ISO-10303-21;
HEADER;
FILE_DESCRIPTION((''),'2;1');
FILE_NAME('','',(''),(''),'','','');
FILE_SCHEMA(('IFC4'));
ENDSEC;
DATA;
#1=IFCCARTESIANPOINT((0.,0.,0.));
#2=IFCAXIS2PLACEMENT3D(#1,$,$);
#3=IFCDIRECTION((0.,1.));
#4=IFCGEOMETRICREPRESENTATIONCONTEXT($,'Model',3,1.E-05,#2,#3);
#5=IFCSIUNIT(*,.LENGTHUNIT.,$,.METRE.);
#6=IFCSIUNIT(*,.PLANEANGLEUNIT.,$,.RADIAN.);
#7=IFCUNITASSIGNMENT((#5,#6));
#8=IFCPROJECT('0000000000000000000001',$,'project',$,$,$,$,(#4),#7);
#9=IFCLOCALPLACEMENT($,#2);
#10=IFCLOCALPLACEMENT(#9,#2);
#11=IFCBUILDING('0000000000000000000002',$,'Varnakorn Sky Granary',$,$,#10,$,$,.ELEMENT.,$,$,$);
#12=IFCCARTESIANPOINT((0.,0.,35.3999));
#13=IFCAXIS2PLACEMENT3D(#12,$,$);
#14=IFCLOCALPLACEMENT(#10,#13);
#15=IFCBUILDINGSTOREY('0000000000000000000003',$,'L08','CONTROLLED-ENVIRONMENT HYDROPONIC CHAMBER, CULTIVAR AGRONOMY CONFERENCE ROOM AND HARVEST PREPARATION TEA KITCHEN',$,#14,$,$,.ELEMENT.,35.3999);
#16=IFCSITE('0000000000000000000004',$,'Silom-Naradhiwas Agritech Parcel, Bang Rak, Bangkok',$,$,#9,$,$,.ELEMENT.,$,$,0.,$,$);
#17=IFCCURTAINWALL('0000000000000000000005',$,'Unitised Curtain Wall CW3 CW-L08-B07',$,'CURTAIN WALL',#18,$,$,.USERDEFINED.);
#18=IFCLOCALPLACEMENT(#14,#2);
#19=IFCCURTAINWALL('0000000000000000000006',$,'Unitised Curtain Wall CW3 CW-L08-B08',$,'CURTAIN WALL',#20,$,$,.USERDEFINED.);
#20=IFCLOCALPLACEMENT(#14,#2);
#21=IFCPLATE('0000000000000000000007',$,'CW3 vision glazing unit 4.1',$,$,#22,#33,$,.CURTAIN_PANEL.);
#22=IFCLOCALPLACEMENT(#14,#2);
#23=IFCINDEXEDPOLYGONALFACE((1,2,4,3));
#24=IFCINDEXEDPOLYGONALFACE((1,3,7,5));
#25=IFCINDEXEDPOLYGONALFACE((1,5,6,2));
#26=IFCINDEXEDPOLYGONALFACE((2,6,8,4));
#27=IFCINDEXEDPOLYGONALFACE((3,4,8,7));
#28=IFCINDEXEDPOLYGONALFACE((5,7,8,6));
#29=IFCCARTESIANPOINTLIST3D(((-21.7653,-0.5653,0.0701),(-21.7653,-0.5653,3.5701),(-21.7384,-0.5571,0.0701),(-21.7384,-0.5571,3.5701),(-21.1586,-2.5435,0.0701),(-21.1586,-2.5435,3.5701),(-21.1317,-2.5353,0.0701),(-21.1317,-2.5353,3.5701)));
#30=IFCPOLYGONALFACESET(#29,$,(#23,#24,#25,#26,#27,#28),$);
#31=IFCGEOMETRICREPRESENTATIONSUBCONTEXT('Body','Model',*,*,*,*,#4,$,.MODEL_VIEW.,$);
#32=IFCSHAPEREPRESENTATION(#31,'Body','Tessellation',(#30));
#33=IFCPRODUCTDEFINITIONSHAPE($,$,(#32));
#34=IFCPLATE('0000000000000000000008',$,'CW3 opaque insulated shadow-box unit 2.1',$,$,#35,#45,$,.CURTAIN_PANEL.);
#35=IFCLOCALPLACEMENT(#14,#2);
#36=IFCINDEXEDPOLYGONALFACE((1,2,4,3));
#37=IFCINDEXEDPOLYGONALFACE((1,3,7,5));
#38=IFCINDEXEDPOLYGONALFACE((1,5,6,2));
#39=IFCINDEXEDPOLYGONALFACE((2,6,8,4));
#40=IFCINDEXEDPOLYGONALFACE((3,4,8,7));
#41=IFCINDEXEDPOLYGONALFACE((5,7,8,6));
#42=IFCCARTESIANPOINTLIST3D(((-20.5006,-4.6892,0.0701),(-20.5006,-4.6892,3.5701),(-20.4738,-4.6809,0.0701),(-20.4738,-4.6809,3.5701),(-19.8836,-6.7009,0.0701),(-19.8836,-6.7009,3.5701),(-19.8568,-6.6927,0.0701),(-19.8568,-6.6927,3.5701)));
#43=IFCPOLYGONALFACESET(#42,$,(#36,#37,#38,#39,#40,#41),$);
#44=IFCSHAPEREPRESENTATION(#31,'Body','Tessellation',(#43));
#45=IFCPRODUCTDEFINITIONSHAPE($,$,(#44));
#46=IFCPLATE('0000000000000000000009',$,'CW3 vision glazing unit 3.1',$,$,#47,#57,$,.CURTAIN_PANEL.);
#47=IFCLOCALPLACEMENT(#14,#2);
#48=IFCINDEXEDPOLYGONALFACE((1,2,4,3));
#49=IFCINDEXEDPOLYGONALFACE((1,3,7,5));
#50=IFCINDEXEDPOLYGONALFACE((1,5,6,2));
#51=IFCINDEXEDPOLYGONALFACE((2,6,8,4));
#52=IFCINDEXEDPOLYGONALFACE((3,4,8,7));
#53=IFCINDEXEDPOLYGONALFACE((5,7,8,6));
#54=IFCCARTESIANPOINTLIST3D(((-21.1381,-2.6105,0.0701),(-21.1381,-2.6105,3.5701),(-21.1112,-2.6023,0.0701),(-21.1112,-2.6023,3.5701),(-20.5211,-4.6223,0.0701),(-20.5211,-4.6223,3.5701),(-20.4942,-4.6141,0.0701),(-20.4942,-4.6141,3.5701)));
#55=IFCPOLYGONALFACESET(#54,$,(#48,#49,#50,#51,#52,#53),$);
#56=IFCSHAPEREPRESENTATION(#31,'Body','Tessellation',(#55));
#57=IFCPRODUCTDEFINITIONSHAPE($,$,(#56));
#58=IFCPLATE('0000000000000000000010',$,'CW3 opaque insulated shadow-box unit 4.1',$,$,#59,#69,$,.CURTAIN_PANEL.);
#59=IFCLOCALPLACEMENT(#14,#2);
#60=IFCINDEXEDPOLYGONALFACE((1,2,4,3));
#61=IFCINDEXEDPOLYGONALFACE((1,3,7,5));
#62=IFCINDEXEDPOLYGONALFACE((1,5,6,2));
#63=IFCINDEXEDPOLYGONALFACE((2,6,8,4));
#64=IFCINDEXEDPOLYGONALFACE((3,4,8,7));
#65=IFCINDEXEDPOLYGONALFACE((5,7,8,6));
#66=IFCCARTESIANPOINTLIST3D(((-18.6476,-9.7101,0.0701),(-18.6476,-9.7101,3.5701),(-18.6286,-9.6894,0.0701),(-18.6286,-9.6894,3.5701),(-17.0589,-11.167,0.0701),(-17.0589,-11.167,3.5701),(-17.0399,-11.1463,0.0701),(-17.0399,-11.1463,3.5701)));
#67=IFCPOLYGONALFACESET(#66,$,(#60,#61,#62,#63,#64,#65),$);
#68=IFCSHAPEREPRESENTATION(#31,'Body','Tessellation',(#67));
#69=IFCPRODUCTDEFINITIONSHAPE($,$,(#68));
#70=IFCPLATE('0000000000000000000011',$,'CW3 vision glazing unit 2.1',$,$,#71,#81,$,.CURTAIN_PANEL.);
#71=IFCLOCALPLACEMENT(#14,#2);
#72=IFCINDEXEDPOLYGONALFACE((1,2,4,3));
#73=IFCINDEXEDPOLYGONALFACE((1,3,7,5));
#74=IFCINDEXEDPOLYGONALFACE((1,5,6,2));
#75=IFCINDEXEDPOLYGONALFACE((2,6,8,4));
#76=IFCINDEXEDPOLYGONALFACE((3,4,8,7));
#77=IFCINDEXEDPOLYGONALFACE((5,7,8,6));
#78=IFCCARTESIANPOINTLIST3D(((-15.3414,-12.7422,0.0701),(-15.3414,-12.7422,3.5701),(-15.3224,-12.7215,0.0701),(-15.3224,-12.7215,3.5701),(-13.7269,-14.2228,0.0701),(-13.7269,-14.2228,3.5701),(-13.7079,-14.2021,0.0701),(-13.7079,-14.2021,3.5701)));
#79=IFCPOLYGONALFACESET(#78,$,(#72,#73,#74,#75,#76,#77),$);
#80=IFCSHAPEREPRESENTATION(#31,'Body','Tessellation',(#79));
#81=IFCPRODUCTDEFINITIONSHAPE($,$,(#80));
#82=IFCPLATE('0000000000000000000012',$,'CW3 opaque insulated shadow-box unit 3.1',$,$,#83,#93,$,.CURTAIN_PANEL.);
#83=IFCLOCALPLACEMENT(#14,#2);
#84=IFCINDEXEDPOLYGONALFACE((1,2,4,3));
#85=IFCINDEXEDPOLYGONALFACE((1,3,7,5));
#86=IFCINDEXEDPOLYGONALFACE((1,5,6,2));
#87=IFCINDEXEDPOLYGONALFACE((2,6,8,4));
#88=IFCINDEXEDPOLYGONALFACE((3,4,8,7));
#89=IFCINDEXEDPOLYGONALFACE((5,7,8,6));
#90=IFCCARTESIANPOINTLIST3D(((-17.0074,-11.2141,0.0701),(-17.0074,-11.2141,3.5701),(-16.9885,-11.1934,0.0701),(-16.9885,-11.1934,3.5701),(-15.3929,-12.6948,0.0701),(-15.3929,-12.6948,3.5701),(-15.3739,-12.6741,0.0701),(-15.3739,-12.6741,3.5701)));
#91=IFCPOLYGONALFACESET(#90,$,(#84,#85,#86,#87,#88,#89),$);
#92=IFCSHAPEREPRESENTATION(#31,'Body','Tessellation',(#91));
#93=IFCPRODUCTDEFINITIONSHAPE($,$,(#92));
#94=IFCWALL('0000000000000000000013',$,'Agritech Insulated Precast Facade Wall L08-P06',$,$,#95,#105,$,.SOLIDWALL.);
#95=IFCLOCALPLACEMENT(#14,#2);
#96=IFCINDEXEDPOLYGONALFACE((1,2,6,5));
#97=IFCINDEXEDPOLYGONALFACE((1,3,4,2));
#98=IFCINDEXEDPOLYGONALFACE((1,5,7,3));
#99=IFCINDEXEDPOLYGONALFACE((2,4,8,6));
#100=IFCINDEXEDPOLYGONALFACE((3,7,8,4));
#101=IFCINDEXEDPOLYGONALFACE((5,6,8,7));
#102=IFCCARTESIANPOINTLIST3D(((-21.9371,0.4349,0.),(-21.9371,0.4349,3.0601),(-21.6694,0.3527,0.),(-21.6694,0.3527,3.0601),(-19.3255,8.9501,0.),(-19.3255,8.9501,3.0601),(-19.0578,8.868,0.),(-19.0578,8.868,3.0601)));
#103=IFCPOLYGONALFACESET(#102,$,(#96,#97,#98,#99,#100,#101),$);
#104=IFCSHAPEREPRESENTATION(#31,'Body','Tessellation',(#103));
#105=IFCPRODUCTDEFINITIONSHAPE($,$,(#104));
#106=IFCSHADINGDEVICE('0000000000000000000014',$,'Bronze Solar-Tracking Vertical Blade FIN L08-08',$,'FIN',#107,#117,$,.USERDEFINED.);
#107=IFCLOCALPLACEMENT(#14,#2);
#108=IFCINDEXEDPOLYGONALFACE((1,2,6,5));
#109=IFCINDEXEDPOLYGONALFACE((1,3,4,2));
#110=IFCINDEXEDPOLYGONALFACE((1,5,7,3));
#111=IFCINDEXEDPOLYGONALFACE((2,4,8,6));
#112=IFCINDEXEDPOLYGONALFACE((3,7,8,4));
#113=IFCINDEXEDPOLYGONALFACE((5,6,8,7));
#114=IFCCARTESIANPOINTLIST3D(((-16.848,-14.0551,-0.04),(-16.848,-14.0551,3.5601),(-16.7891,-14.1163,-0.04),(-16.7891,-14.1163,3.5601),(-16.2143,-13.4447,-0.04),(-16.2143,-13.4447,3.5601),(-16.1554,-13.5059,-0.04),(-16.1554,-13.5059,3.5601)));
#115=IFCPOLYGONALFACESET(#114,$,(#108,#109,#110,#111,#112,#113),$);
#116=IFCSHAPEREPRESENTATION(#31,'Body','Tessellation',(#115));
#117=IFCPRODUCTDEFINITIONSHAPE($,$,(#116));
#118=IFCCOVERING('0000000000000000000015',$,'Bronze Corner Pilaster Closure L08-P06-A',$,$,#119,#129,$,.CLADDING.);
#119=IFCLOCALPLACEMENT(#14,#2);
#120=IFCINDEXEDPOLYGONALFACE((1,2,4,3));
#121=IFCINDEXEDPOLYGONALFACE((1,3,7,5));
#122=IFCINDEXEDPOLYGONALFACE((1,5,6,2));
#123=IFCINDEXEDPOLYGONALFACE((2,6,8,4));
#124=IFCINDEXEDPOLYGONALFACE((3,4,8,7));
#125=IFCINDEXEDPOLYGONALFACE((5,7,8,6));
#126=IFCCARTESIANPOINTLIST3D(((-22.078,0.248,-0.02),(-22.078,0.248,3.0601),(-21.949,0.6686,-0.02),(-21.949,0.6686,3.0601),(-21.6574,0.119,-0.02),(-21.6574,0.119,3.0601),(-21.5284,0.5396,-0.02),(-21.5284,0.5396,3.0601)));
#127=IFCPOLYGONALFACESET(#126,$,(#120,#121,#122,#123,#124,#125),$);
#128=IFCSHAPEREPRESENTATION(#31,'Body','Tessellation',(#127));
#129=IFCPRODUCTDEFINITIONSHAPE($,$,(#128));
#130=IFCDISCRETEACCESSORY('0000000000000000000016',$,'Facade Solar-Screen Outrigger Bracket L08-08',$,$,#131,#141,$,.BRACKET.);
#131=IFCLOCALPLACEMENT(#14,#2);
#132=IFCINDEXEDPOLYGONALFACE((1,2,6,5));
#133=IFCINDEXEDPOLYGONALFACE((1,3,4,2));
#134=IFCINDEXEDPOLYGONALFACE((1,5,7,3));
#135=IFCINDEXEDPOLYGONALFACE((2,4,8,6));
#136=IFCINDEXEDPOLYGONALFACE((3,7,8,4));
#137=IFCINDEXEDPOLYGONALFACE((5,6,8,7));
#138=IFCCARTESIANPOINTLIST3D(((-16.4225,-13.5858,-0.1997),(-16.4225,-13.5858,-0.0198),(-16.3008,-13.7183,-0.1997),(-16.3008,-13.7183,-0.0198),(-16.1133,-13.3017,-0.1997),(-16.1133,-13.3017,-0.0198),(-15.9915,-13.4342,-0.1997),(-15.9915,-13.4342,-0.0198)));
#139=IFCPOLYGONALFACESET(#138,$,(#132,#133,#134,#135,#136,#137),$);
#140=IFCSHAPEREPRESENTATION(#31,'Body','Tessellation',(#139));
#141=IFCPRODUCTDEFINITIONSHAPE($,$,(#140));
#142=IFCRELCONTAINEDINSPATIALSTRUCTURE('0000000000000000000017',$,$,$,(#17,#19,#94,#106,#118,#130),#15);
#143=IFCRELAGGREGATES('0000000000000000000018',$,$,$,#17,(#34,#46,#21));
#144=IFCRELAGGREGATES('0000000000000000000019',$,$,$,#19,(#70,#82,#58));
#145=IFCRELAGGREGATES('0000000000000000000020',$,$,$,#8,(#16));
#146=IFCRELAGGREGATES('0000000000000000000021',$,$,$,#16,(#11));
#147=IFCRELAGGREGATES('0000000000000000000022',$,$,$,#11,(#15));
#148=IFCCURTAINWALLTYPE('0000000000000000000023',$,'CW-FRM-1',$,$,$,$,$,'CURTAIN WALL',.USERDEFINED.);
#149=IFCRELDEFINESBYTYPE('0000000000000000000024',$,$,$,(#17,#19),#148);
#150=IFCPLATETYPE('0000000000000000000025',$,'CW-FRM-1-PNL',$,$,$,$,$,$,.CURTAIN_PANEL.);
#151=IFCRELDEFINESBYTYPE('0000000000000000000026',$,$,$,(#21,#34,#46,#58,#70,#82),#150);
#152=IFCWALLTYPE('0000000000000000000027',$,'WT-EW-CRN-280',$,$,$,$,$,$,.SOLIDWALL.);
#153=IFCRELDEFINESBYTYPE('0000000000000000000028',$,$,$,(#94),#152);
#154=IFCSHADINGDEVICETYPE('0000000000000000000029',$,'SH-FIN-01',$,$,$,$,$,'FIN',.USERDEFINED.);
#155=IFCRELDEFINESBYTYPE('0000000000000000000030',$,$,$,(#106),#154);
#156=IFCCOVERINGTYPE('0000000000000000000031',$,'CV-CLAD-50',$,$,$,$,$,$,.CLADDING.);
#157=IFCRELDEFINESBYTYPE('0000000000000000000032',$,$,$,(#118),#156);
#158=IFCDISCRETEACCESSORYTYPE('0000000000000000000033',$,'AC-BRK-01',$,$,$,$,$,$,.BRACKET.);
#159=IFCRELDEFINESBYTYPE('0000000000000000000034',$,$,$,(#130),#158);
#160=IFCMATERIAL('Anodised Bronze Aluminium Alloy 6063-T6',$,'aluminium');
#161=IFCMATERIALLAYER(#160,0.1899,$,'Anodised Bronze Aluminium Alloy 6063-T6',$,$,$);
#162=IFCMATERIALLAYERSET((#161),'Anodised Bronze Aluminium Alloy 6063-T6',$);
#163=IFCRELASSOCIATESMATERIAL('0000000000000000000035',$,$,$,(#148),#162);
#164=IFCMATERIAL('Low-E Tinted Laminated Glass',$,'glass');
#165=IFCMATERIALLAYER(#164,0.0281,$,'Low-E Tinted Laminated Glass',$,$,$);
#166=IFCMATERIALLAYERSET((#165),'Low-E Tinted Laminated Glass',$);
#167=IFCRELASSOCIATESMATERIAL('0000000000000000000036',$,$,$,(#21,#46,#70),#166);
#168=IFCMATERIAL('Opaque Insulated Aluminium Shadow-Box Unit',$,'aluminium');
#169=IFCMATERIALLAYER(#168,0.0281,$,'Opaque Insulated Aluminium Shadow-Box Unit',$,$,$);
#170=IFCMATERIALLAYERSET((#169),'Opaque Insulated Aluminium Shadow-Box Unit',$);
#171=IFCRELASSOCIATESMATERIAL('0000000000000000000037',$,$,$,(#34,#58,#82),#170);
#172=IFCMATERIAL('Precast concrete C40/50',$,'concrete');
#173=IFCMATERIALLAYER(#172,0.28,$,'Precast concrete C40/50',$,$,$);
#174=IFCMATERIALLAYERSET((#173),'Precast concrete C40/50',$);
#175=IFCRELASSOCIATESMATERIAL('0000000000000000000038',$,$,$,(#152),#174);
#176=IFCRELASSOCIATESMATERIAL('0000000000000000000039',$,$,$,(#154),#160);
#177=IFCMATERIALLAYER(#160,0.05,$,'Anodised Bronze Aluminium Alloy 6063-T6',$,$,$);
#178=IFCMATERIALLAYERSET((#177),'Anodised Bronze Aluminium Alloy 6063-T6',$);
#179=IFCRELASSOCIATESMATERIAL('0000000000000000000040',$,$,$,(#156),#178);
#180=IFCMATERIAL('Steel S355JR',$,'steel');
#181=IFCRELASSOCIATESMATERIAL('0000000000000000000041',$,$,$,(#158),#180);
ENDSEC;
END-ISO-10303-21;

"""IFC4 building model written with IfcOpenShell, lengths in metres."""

from ifc_helpers import new_model, si_unit, direction, frame, frame_2d, origin, origin_2d, place, context, subcontext, project, spatial, rectangle, extrude, source, transform, mapped, material, layer, layer_set, type_object, type_shapes, element, aggregate, save


model = new_model("IFC4")

# Units and contexts
model_context = context("Model", 3, precision=1e-05, world=origin(), true_north=direction((0.0, 1.0)))
body_context = subcontext(model_context, "Body", "Model", "MODEL_VIEW")
ifc_project = project(units=[si_unit("LENGTHUNIT", "METRE"), si_unit("PLANEANGLEUNIT", "RADIAN")], contexts=[model_context])

# Site, building, storey
site_placement = place(None, origin())
site = spatial("IfcSite", under=ifc_project, at=site_placement, Name="Silom-Naradhiwas Agritech Parcel, Bang Rak, Bangkok", CompositionType="ELEMENT", RefElevation=0.0)
building_placement = place(site_placement, origin())
building = spatial("IfcBuilding", under=site, at=building_placement, Name="Varnakorn Sky Granary", CompositionType="ELEMENT")
storey_placement = place(building_placement, frame((0.0, 0.0, 35.3999)))
storey = spatial("IfcBuildingStorey", under=building, at=storey_placement, Name="L08", Description="CONTROLLED-ENVIRONMENT HYDROPONIC CHAMBER, CULTIVAR AGRONOMY CONFERENCE ROOM AND HARVEST PREPARATION TEA KITCHEN", CompositionType="ELEMENT", Elevation=35.3999)

# Shared definitions
ifc_material_1 = material(Name="Steel S355JR", Category="steel")

# Curtain walls
ifc_material_2 = material(Name="Anodised Bronze Aluminium Alloy 6063-T6", Category="aluminium")
ifc_layer_1 = layer(ifc_material_2, 0.1899, Name="Anodised Bronze Aluminium Alloy 6063-T6")
ifc_layer_set_1 = layer_set([ifc_layer_1], Name="Anodised Bronze Aluminium Alloy 6063-T6")
curtain_wall_type = type_object("IfcCurtainWallType", Name="CW-FRM-1", ElementType="CURTAIN WALL", PredefinedType="USERDEFINED", material=ifc_layer_set_1)
curtain_wall_1_placement = place(storey_placement, origin())
curtain_wall_1 = element("IfcCurtainWall", 1, at=curtain_wall_1_placement, inside=storey, type_object=curtain_wall_type, Name="Unitised Curtain Wall CW3 CW-L08-B07", ObjectType="CURTAIN WALL", PredefinedType="USERDEFINED")
curtain_wall_2_placement = place(storey_placement, origin())
curtain_wall_2 = element("IfcCurtainWall", 2, at=curtain_wall_2_placement, inside=storey, type_object=curtain_wall_type, Name="Unitised Curtain Wall CW3 CW-L08-B08", ObjectType="CURTAIN WALL", PredefinedType="USERDEFINED")

# Plates
ifc_material_3 = material(Name="Opaque Insulated Aluminium Shadow-Box Unit", Category="aluminium")
ifc_layer_2 = layer(ifc_material_3, 0.0281, Name="Opaque Insulated Aluminium Shadow-Box Unit")
ifc_layer_set_2 = layer_set([ifc_layer_2], Name="Opaque Insulated Aluminium Shadow-Box Unit")
plate_type = type_object("IfcPlateType", Name="CW-FRM-1-PNL", PredefinedType="CURTAIN_PANEL")
shared_shape_1 = source(origin(), body_context, "Body", "SweptSolid", [
    extrude(rectangle(XDim=2.0691, YDim=0.0281, at=origin_2d()), origin(), (0.0, 0.0, 1.0), 3.5),
])
ifc_material_4 = material(Name="Low-E Tinted Laminated Glass", Category="glass")
ifc_layer_3 = layer(ifc_material_4, 0.0281, Name="Low-E Tinted Laminated Glass")
ifc_layer_set_3 = layer_set([ifc_layer_3], Name="Low-E Tinted Laminated Glass")
plate_1_placement = place(storey_placement, frame((-21.4485, -1.5503, 0.0701), z_axis=(0.0, 0.0, 1.0), x_axis=(-0.293216, 0.956046, 0.0)))
plate_1 = element("IfcPlate", 3, at=plate_1_placement, type_object=plate_type, material=ifc_layer_set_3, Name="CW3 vision glazing unit 4.1", PredefinedType="CURTAIN_PANEL", context=body_context, shape_type="MappedRepresentation", body=[
    mapped(shared_shape_1, transform((0.0, 0.0, 0.0), x_axis=(1.0, 0.0, 0.0), y_axis=(0.0, 1.0, 0.0), z_axis=(0.0, 0.0, 1.0), scale=1.0)),
])
shared_shape_2 = source(origin(), body_context, "Body", "SweptSolid", [
    extrude(rectangle(XDim=2.1042, YDim=0.0281, at=origin_2d()), origin(), (0.0, 0.0, 1.0), 3.5),
])
plate_2_placement = place(storey_placement, frame((-20.1787, -5.6909, 0.0701), z_axis=(0.0, 0.0, 1.0), x_axis=(-0.293216, 0.956046, 0.0)))
plate_2 = element("IfcPlate", 4, at=plate_2_placement, type_object=plate_type, material=ifc_layer_set_2, Name="CW3 opaque insulated shadow-box unit 2.1", PredefinedType="CURTAIN_PANEL", context=body_context, shape_type="MappedRepresentation", body=[
    mapped(shared_shape_2, transform((0.0, 0.0, 0.0), x_axis=(1.0, 0.0, 0.0), y_axis=(0.0, 1.0, 0.0), z_axis=(0.0, 0.0, 1.0), scale=1.0)),
])
plate_3_placement = place(storey_placement, frame((-20.8162, -3.6123, 0.0701), z_axis=(0.0, 0.0, 1.0), x_axis=(-0.293216, 0.956046, 0.0)))
plate_3 = element("IfcPlate", 5, at=plate_3_placement, type_object=plate_type, material=ifc_layer_set_3, Name="CW3 vision glazing unit 3.1", PredefinedType="CURTAIN_PANEL", context=body_context, shape_type="MappedRepresentation", body=[
    mapped(shared_shape_2, transform((0.0, 0.0, 0.0), x_axis=(1.0, 0.0, 0.0), y_axis=(0.0, 1.0, 0.0), z_axis=(0.0, 0.0, 1.0), scale=1.0)),
])
aggregate(curtain_wall_1, [plate_2, plate_3, plate_1])
shared_shape_3 = source(origin(), body_context, "Body", "SweptSolid", [
    extrude(rectangle(XDim=2.1555, YDim=0.0281, at=origin_2d()), origin(), (0.0, 0.0, 1.0), 3.5),
])
plate_4_placement = place(storey_placement, frame((-17.8438, -10.4282, 0.0701), z_axis=(0.0, 0.0, 1.0), x_axis=(-0.737013, 0.675878, 0.0)))
plate_4 = element("IfcPlate", 6, at=plate_4_placement, type_object=plate_type, material=ifc_layer_set_2, Name="CW3 opaque insulated shadow-box unit 4.1", PredefinedType="CURTAIN_PANEL", context=body_context, shape_type="MappedRepresentation", body=[
    mapped(shared_shape_3, transform((0.0, 0.0, 0.0), x_axis=(1.0, 0.0, 0.0), y_axis=(0.0, 1.0, 0.0), z_axis=(0.0, 0.0, 1.0), scale=1.0)),
])
shared_shape_4 = source(origin(), body_context, "Body", "SweptSolid", [
    extrude(rectangle(XDim=2.1907, YDim=0.0281, at=origin_2d()), origin(), (0.0, 0.0, 1.0), 3.5),
])
type_shapes(plate_type, [shared_shape_1, shared_shape_2, shared_shape_3, shared_shape_4])
plate_5_placement = place(storey_placement, frame((-14.5247, -13.4722, 0.0701), z_axis=(0.0, 0.0, 1.0), x_axis=(-0.737013, 0.675878, 0.0)))
plate_5 = element("IfcPlate", 7, at=plate_5_placement, type_object=plate_type, material=ifc_layer_set_3, Name="CW3 vision glazing unit 2.1", PredefinedType="CURTAIN_PANEL", context=body_context, shape_type="MappedRepresentation", body=[
    mapped(shared_shape_4, transform((0.0, 0.0, 0.0), x_axis=(1.0, 0.0, 0.0), y_axis=(0.0, 1.0, 0.0), z_axis=(0.0, 0.0, 1.0), scale=1.0)),
])
plate_6_placement = place(storey_placement, frame((-16.1907, -11.9441, 0.0701), z_axis=(0.0, 0.0, 1.0), x_axis=(-0.737013, 0.675878, 0.0)))
plate_6 = element("IfcPlate", 8, at=plate_6_placement, type_object=plate_type, material=ifc_layer_set_2, Name="CW3 opaque insulated shadow-box unit 3.1", PredefinedType="CURTAIN_PANEL", context=body_context, shape_type="MappedRepresentation", body=[
    mapped(shared_shape_4, transform((0.0, 0.0, 0.0), x_axis=(1.0, 0.0, 0.0), y_axis=(0.0, 1.0, 0.0), z_axis=(0.0, 0.0, 1.0), scale=1.0)),
])
aggregate(curtain_wall_2, [plate_5, plate_6, plate_4])

# Wall
ifc_material_5 = material(Name="Precast concrete C40/50", Category="concrete")
ifc_layer_4 = layer(ifc_material_5, 0.28, Name="Precast concrete C40/50")
ifc_layer_set_4 = layer_set([ifc_layer_4], Name="Precast concrete C40/50")
wall_type = type_object("IfcWallType", Name="WT-EW-CRN-280", PredefinedType="SOLIDWALL", material=ifc_layer_set_4)
wall_placement = place(storey_placement, frame((-21.8032, 0.3938, 0.0), z_axis=(0.0, 0.0, 1.0), x_axis=(0.293209, 0.956048, 0.0)))
element("IfcWall", 9, at=wall_placement, inside=storey, type_object=wall_type, Name="Agritech Insulated Precast Facade Wall L08-P06", PredefinedType="SOLIDWALL", context=body_context, shape_type="SweptSolid", body=[
    extrude(rectangle(XDim=8.9067, YDim=0.28, at=frame_2d((4.4534, 0.0))), origin(), (0.0, 0.0, 1.0), 3.0601),
])

# Shading device
shading_device_type = type_object("IfcShadingDeviceType", Name="SH-FIN-01", ElementType="FIN", PredefinedType="USERDEFINED", material=ifc_material_2)
shared_shape_5 = source(origin(), body_context, "Body", "SweptSolid", [
    extrude(rectangle(XDim=0.085, YDim=0.8799, at=origin_2d()), origin(), (0.0, 0.0, 1.0), 3.6001),
])
type_shapes(shading_device_type, [shared_shape_5])
shading_device_placement = place(storey_placement, frame((-16.5017, -13.7805, -0.04), z_axis=(0.0, 0.0, 1.0), x_axis=(0.693726, -0.720239, 0.0)))
element("IfcShadingDevice", 10, at=shading_device_placement, inside=storey, type_object=shading_device_type, Name="Bronze Solar-Tracking Vertical Blade FIN L08-08", ObjectType="FIN", PredefinedType="USERDEFINED", context=body_context, shape_type="MappedRepresentation", body=[
    mapped(shared_shape_5, transform((0.0, 0.0, 0.0), x_axis=(1.0, 0.0, 0.0), y_axis=(0.0, 1.0, 0.0), z_axis=(0.0, 0.0, 1.0), scale=1.0)),
])

# Covering
ifc_layer_5 = layer(ifc_material_2, 0.05, Name="Anodised Bronze Aluminium Alloy 6063-T6")
ifc_layer_set_5 = layer_set([ifc_layer_5], Name="Anodised Bronze Aluminium Alloy 6063-T6")
covering_type = type_object("IfcCoveringType", Name="CV-CLAD-50", PredefinedType="CLADDING", material=ifc_layer_set_5)
shared_shape_6 = source(origin(), body_context, "Body", "SweptSolid", [
    extrude(rectangle(XDim=0.4399, YDim=0.4399, at=origin_2d()), origin(), (0.0, 0.0, 1.0), 3.0801),
])
type_shapes(covering_type, [shared_shape_6])
covering_placement = place(storey_placement, frame((-21.8032, 0.3938, -0.02), z_axis=(0.0, 0.0, 1.0), x_axis=(0.293206, 0.956049, 0.0)))
element("IfcCovering", 11, at=covering_placement, inside=storey, type_object=covering_type, Name="Bronze Corner Pilaster Closure L08-P06-A", PredefinedType="CLADDING", context=body_context, shape_type="MappedRepresentation", body=[
    mapped(shared_shape_6, transform((0.0, 0.0, 0.0), x_axis=(1.0, 0.0, 0.0), y_axis=(0.0, 1.0, 0.0), z_axis=(0.0, 0.0, 1.0), scale=1.0)),
])

# Discrete accessory
discrete_accessory_type = type_object("IfcDiscreteAccessoryType", Name="AC-BRK-01", PredefinedType="BRACKET", material=ifc_material_1)
shared_shape_7 = source(origin(), body_context, "Body", "SweptSolid", [
    extrude(rectangle(XDim=0.1799, YDim=0.4199, at=origin_2d()), origin(), (0.0, 0.0, 1.0), 0.1799),
])
type_shapes(discrete_accessory_type, [shared_shape_7])
discrete_accessory_placement = place(storey_placement, frame((-16.207, -13.51, -0.1997), z_axis=(0.0, 0.0, 1.0), x_axis=(0.676497, -0.736445, 0.0)))
element("IfcDiscreteAccessory", 12, at=discrete_accessory_placement, inside=storey, type_object=discrete_accessory_type, Name="Facade Solar-Screen Outrigger Bracket L08-08", PredefinedType="BRACKET", context=body_context, shape_type="MappedRepresentation", body=[
    mapped(shared_shape_7, transform((0.0, 0.0, 0.0), x_axis=(1.0, 0.0, 0.0), y_axis=(0.0, 1.0, 0.0), z_axis=(0.0, 0.0, 1.0), scale=1.0)),
])

save(model, "model.ifc")
